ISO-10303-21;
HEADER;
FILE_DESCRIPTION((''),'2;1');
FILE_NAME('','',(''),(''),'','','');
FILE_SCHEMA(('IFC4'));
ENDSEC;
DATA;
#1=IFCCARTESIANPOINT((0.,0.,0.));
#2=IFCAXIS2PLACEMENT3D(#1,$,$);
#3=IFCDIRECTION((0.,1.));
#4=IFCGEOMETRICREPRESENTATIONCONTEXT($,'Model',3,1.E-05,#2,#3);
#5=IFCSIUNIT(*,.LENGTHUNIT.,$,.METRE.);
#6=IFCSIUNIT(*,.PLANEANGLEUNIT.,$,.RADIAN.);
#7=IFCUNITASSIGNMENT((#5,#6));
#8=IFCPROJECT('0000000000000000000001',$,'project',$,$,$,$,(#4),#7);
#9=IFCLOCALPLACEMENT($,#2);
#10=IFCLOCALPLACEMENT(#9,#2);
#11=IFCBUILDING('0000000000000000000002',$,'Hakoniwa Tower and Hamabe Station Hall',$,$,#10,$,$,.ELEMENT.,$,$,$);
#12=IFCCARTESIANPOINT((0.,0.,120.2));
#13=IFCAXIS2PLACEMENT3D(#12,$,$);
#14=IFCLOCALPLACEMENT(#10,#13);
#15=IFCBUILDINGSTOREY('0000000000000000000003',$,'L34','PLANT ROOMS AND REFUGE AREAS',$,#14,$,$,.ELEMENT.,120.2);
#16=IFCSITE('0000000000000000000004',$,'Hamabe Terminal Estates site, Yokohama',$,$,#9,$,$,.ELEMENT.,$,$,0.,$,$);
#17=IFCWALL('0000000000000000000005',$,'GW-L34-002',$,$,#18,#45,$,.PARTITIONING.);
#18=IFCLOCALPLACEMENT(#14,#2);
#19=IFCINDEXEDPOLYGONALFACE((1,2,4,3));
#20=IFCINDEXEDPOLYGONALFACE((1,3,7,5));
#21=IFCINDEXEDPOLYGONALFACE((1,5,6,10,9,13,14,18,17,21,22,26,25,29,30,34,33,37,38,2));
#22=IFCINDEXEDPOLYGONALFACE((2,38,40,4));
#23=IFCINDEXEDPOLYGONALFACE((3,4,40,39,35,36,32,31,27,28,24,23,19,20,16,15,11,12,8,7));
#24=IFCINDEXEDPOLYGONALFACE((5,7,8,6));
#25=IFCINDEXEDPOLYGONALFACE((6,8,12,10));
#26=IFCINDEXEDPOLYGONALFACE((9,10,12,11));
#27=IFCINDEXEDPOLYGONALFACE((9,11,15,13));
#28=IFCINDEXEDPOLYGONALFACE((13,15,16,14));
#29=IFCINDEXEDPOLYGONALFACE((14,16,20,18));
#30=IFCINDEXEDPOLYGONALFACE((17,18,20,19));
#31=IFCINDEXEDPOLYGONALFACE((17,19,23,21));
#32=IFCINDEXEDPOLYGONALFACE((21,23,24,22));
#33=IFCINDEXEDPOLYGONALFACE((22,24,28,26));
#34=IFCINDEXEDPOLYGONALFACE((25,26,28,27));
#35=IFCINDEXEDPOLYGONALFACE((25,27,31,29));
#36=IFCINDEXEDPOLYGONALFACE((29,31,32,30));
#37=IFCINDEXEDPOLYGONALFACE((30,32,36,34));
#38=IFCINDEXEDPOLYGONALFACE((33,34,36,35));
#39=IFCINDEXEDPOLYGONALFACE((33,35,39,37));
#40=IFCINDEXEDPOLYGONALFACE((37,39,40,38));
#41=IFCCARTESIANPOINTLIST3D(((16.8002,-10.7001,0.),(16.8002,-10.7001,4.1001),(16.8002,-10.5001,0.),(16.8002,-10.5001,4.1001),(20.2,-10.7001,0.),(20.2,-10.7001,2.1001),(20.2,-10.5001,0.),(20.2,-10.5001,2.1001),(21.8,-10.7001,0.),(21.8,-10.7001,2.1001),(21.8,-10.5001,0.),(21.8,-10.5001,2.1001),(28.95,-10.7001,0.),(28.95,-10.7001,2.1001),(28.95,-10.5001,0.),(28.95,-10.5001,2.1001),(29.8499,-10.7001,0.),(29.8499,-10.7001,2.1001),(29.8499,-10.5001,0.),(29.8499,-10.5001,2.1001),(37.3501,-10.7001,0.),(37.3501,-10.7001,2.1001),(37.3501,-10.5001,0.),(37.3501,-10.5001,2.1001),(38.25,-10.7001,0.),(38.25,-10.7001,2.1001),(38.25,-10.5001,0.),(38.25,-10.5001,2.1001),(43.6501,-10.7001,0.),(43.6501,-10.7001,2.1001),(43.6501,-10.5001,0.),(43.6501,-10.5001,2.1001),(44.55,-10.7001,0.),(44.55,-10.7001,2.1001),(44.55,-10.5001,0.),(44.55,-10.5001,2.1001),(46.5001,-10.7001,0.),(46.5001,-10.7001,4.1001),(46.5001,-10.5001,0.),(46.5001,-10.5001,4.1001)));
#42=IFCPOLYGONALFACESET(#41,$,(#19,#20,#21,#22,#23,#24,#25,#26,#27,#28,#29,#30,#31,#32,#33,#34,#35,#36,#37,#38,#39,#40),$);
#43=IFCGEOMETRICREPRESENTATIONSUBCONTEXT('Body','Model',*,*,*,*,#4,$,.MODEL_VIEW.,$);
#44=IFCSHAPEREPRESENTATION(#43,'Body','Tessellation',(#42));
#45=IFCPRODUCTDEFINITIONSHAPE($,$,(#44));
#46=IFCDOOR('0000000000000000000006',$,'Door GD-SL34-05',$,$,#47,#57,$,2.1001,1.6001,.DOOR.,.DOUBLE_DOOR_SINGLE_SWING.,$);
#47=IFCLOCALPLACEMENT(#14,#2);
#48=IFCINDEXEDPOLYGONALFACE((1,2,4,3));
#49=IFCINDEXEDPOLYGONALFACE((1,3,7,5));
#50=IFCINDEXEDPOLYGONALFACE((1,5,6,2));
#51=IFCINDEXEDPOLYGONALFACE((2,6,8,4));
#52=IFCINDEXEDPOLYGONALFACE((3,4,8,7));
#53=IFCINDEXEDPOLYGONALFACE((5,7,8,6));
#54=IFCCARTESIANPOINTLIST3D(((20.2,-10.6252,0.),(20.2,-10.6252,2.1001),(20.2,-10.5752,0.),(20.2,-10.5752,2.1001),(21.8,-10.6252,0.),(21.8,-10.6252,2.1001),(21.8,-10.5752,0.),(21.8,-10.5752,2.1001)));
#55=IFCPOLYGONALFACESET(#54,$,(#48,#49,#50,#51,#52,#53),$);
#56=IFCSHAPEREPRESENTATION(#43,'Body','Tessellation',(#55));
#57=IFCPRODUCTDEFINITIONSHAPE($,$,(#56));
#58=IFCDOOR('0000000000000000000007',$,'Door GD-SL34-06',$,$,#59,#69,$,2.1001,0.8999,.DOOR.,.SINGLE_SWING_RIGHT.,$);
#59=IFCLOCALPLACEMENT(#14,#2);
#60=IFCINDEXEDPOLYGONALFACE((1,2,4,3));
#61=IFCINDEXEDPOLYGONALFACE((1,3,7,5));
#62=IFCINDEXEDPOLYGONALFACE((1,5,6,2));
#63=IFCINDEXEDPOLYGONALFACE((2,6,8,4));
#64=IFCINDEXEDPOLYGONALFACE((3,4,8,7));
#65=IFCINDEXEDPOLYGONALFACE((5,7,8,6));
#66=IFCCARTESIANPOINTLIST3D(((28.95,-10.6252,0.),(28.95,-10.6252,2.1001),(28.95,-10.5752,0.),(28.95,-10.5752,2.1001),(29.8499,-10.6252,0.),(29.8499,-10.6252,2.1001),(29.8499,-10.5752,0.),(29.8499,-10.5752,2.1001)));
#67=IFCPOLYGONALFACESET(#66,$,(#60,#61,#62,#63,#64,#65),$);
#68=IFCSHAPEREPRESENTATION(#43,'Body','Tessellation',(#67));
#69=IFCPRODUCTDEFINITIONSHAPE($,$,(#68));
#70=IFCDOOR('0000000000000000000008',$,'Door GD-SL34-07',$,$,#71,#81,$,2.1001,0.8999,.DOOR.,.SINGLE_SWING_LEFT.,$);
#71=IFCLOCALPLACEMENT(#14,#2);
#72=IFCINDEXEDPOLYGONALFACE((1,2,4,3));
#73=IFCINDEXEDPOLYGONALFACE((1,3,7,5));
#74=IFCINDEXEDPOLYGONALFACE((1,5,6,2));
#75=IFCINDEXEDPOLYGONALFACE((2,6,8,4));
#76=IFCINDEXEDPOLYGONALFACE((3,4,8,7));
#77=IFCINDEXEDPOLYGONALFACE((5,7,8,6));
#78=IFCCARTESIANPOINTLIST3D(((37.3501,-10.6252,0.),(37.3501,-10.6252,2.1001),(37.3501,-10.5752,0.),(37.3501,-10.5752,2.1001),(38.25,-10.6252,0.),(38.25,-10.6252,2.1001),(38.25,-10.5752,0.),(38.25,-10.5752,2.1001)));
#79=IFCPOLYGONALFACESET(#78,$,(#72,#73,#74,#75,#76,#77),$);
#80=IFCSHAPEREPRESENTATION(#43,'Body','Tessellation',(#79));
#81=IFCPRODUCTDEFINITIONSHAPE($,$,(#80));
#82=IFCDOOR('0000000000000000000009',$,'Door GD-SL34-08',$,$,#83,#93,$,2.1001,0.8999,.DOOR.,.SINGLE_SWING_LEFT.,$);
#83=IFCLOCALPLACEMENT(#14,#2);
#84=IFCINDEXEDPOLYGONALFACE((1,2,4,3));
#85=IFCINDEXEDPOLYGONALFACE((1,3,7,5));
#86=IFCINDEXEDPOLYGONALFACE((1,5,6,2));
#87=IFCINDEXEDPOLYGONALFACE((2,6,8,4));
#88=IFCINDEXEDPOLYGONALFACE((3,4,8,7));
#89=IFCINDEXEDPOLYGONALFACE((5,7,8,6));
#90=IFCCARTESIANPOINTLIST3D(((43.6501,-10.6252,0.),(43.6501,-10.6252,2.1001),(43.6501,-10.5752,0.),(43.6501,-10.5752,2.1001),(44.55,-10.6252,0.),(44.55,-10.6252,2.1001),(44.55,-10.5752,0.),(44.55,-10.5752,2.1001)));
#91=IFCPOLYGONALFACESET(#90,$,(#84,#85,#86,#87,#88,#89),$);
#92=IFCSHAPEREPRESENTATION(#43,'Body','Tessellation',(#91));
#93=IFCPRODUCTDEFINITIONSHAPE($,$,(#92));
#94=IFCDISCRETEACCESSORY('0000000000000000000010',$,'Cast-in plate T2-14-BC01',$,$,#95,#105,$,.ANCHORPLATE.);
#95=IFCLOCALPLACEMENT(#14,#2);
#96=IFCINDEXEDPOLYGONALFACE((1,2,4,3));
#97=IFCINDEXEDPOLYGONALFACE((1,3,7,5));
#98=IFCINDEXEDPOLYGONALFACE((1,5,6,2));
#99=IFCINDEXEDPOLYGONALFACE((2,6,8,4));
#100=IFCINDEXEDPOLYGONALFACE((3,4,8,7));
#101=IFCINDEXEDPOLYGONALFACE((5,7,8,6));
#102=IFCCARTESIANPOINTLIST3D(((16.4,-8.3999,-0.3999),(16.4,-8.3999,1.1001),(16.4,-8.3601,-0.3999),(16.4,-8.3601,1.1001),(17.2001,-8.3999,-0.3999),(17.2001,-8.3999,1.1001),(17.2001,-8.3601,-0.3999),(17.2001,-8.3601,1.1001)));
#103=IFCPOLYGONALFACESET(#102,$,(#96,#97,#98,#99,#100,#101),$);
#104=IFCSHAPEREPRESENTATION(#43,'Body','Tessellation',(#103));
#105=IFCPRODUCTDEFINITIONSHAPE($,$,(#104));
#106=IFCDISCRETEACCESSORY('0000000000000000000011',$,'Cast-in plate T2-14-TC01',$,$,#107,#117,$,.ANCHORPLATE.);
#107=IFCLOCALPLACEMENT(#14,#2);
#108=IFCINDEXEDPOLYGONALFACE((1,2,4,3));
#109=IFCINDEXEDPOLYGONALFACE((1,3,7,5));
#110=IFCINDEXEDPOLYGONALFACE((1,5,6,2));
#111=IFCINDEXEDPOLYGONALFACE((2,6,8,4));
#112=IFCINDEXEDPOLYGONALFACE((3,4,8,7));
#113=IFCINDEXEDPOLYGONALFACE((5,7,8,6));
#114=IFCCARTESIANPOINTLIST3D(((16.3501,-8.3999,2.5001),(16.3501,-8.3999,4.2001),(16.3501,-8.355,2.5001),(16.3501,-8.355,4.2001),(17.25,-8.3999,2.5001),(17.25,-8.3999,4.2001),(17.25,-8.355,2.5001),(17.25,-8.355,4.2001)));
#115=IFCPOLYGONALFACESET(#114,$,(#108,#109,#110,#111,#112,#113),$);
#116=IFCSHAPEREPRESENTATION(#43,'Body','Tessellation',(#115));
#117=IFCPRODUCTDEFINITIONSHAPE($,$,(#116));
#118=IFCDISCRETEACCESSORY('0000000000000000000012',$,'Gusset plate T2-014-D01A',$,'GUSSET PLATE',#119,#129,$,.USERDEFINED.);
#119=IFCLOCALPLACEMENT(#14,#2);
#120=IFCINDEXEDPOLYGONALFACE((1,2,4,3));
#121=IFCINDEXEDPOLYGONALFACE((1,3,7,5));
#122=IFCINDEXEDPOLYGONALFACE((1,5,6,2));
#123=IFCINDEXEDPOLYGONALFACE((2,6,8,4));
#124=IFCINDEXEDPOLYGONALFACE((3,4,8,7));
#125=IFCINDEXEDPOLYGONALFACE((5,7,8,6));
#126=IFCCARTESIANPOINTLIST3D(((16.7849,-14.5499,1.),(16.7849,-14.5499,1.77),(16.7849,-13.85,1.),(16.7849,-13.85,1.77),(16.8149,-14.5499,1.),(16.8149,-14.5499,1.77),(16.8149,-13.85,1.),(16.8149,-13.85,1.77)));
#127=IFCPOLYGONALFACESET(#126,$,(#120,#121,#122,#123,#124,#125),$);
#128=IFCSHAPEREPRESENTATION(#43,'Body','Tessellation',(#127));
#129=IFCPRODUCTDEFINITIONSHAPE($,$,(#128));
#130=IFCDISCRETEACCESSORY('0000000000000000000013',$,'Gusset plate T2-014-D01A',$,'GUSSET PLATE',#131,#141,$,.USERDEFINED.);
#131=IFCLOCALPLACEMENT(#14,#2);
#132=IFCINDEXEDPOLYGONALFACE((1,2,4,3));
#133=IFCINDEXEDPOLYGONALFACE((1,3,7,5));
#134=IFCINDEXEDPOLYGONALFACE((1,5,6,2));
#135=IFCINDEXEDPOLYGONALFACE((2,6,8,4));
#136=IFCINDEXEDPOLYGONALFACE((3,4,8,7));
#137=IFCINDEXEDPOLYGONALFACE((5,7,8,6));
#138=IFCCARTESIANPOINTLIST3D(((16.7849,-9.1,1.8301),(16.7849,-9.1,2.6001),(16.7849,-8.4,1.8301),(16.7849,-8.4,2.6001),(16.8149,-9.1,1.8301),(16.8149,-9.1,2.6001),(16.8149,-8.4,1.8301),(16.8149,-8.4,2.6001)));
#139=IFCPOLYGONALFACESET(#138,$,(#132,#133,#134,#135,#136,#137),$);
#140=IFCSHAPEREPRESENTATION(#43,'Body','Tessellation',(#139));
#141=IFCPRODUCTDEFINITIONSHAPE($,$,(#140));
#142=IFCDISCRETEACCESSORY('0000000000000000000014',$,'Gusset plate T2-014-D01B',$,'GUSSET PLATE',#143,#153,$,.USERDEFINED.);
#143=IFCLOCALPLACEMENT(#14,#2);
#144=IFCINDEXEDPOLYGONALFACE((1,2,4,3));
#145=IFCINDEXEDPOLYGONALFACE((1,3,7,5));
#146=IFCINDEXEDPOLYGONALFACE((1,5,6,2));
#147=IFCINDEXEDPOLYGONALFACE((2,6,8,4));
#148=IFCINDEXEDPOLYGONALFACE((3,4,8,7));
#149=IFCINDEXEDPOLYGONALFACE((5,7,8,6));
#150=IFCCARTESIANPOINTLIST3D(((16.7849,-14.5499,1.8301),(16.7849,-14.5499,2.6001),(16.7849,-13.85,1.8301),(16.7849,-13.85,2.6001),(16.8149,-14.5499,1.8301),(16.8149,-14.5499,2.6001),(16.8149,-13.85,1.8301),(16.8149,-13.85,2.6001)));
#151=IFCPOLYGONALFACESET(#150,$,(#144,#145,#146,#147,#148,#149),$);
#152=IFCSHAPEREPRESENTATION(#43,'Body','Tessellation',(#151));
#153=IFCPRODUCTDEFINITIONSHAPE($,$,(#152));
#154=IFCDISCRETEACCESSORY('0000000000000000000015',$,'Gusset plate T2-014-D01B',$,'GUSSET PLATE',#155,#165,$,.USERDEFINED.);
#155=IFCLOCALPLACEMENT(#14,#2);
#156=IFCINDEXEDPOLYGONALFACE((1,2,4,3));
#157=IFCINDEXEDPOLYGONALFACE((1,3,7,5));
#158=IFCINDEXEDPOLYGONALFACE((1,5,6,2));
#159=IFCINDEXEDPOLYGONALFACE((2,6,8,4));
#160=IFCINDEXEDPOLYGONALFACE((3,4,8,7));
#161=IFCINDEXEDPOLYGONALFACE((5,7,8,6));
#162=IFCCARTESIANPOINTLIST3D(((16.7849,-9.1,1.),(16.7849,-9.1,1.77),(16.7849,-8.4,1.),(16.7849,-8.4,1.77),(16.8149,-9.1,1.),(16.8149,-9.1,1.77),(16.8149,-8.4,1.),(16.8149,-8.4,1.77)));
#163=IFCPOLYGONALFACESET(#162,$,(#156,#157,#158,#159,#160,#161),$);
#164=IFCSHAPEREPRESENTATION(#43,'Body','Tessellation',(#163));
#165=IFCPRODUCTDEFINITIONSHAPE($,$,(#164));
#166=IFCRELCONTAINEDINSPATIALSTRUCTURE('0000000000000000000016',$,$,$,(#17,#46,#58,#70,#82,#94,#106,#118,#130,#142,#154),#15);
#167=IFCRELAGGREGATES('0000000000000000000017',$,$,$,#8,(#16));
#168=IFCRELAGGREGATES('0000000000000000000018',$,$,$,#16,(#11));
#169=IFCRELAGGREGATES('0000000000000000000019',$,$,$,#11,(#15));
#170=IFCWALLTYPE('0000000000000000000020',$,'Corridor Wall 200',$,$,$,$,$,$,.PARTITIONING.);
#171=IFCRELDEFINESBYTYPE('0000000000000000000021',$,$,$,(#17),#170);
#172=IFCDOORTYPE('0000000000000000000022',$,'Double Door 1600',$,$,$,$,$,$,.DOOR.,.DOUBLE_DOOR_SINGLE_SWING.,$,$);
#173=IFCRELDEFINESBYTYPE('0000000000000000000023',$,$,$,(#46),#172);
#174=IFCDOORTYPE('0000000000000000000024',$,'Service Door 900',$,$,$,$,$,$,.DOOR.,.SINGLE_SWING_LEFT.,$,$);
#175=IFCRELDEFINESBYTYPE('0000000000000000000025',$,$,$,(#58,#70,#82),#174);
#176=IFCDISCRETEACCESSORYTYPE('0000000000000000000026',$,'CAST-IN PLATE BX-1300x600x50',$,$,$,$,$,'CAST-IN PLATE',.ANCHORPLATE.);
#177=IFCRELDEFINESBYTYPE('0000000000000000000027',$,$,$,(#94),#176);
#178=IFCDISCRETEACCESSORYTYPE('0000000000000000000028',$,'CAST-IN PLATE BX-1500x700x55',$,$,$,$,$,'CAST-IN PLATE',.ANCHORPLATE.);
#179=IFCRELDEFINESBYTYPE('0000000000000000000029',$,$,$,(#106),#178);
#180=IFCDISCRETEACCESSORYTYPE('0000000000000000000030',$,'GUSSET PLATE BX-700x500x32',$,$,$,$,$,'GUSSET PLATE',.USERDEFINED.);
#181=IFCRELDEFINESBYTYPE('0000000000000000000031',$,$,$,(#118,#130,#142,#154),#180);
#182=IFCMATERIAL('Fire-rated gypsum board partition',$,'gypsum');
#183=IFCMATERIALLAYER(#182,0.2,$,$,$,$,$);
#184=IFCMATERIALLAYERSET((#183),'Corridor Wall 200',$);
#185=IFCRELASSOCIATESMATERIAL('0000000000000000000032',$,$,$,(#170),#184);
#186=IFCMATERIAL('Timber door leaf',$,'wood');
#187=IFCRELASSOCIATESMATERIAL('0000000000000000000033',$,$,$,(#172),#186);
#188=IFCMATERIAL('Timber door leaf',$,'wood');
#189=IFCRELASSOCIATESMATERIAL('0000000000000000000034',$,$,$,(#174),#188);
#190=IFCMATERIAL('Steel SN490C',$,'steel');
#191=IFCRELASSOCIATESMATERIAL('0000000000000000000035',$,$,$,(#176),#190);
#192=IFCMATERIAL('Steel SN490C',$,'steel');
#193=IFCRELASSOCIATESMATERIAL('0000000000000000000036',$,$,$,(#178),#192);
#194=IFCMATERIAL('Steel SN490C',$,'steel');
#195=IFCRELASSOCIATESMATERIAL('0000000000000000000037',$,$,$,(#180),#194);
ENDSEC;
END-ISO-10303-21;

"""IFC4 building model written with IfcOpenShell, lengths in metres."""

from ifc_helpers import new_model, si_unit, direction, frame, frame_2d, origin, origin_2d, place, context, subcontext, project, spatial, rectangle, extrude, material, layer, layer_set, material_profile, profile_set, type_object, element, fill, save


model = new_model("IFC4")

# Units and contexts
model_context = context("Model", 3, precision=1e-05, world=origin(), true_north=direction((0.0, 1.0)))
body_context = subcontext(model_context, "Body", "Model", "MODEL_VIEW")
ifc_project = project(units=[si_unit("LENGTHUNIT", "METRE"), si_unit("PLANEANGLEUNIT", "RADIAN")], contexts=[model_context])

# Site, building, storey
site_placement = place(None, origin())
site = spatial("IfcSite", under=ifc_project, at=site_placement, Name="Hamabe Terminal Estates site, Yokohama", CompositionType="ELEMENT", RefElevation=0.0)
building_placement = place(site_placement, origin())
building = spatial("IfcBuilding", under=site, at=building_placement, Name="Hakoniwa Tower and Hamabe Station Hall", CompositionType="ELEMENT")
storey_placement = place(building_placement, frame((0.0, 0.0, 120.2)))
storey = spatial("IfcBuildingStorey", under=building, at=storey_placement, Name="L34", Description="PLANT ROOMS AND REFUGE AREAS", CompositionType="ELEMENT", Elevation=120.2)

# Wall, openings, doors
ifc_material_1 = material(Name="Fire-rated gypsum board partition", Category="gypsum")
ifc_layer_1 = layer(ifc_material_1, 0.2)
ifc_layer_set_1 = layer_set([ifc_layer_1], Name="Corridor Wall 200")
wall_type_1 = type_object("IfcWallType", Name="Corridor Wall 200", PredefinedType="PARTITIONING", material=ifc_layer_set_1)
wall_1_placement = place(storey_placement, frame((16.8, -10.6001, 0.0), z_axis=(0.0, 0.0, 1.0), x_axis=(1.0, 0.0, 0.0)))
wall_1 = element("IfcWall", 1, at=wall_1_placement, inside=storey, type_object=wall_type_1, Name="GW-L34-002", PredefinedType="PARTITIONING", context=body_context, shape_type="SweptSolid", body=[
    extrude(rectangle(XDim=29.7, YDim=0.2, at=frame_2d((14.8501, 0.0))), origin(), (0.0, 0.0, 1.0), 4.1001),
])
opening_1_placement = place(wall_1_placement, frame((3.3999, 0.0, 0.0)))
opening_1 = element("IfcOpeningElement", 2, at=opening_1_placement, cuts=wall_1, PredefinedType="OPENING", context=body_context, shape_type="SweptSolid", body=[
    extrude(rectangle(XDim=1.6001, YDim=2.1001, at=frame_2d((0.8, 1.05))), frame((0.0, 0.1099, 0.0), z_axis=(0.0, -1.0, 0.0), x_axis=(1.0, 0.0, 0.0)), (0.0, 0.0, 1.0), 0.22),
])
opening_2_placement = place(wall_1_placement, frame((12.1499, 0.0, 0.0)))
opening_2 = element("IfcOpeningElement", 3, at=opening_2_placement, cuts=wall_1, PredefinedType="OPENING", context=body_context, shape_type="SweptSolid", body=[
    extrude(rectangle(XDim=0.8999, YDim=2.1001, at=frame_2d((0.45, 1.05))), frame((0.0, 0.1099, 0.0), z_axis=(0.0, -1.0, 0.0), x_axis=(1.0, 0.0, 0.0)), (0.0, 0.0, 1.0), 0.22),
])
opening_3_placement = place(wall_1_placement, frame((20.55, 0.0, 0.0)))
opening_3 = element("IfcOpeningElement", 4, at=opening_3_placement, cuts=wall_1, PredefinedType="OPENING", context=body_context, shape_type="SweptSolid", body=[
    extrude(rectangle(XDim=0.8999, YDim=2.1001, at=frame_2d((0.45, 1.05))), frame((0.0, 0.1099, 0.0), z_axis=(0.0, -1.0, 0.0), x_axis=(1.0, 0.0, 0.0)), (0.0, 0.0, 1.0), 0.22),
])
opening_4_placement = place(wall_1_placement, frame((26.8501, 0.0, 0.0)))
opening_4 = element("IfcOpeningElement", 5, at=opening_4_placement, cuts=wall_1, PredefinedType="OPENING", context=body_context, shape_type="SweptSolid", body=[
    extrude(rectangle(XDim=0.8999, YDim=2.1001, at=frame_2d((0.45, 1.05))), frame((0.0, 0.1099, 0.0), z_axis=(0.0, -1.0, 0.0), x_axis=(1.0, 0.0, 0.0)), (0.0, 0.0, 1.0), 0.22),
])
ifc_material_2 = material(Name="Timber door leaf", Category="wood")
door_type_1 = type_object("IfcDoorType", Name="Double Door 1600", OperationType="DOUBLE_DOOR_SINGLE_SWING", PredefinedType="DOOR", material=ifc_material_2)
door_1_placement = place(opening_1_placement, origin())
door_1 = element("IfcDoor", 6, at=door_1_placement, inside=storey, type_object=door_type_1, Name="Door GD-SL34-05", OperationType="DOUBLE_DOOR_SINGLE_SWING", OverallHeight=2.1001, OverallWidth=1.6001, PredefinedType="DOOR", context=body_context, shape_type="SweptSolid", body=[
    extrude(rectangle(XDim=1.6001, YDim=2.1001, at=frame_2d((0.8, 1.05))), frame((0.0, 0.0249, 0.0), z_axis=(0.0, -1.0, 0.0), x_axis=(1.0, 0.0, 0.0)), (0.0, 0.0, 1.0), 0.05),
])
fill(opening_1, door_1)
ifc_material_3 = material(Name="Timber door leaf", Category="wood")
door_type_2 = type_object("IfcDoorType", Name="Service Door 900", OperationType="SINGLE_SWING_LEFT", PredefinedType="DOOR", material=ifc_material_3)
door_2_placement = place(opening_2_placement, origin())
door_2 = element("IfcDoor", 7, at=door_2_placement, inside=storey, type_object=door_type_2, Name="Door GD-SL34-06", OperationType="SINGLE_SWING_RIGHT", OverallHeight=2.1001, OverallWidth=0.8999, PredefinedType="DOOR", context=body_context, shape_type="SweptSolid", body=[
    extrude(rectangle(XDim=0.8999, YDim=2.1001, at=frame_2d((0.45, 1.05))), frame((0.0, 0.0249, 0.0), z_axis=(0.0, -1.0, 0.0), x_axis=(1.0, 0.0, 0.0)), (0.0, 0.0, 1.0), 0.05),
])
fill(opening_2, door_2)
door_3_placement = place(opening_3_placement, origin())
door_3 = element("IfcDoor", 8, at=door_3_placement, inside=storey, type_object=door_type_2, Name="Door GD-SL34-07", OperationType="SINGLE_SWING_LEFT", OverallHeight=2.1001, OverallWidth=0.8999, PredefinedType="DOOR", context=body_context, shape_type="SweptSolid", body=[
    extrude(rectangle(XDim=0.8999, YDim=2.1001, at=frame_2d((0.45, 1.05))), frame((0.0, 0.0249, 0.0), z_axis=(0.0, -1.0, 0.0), x_axis=(1.0, 0.0, 0.0)), (0.0, 0.0, 1.0), 0.05),
])
fill(opening_3, door_3)
door_4_placement = place(opening_4_placement, origin())
door_4 = element("IfcDoor", 9, at=door_4_placement, inside=storey, type_object=door_type_2, Name="Door GD-SL34-08", OperationType="SINGLE_SWING_LEFT", OverallHeight=2.1001, OverallWidth=0.8999, PredefinedType="DOOR", context=body_context, shape_type="SweptSolid", body=[
    extrude(rectangle(XDim=0.8999, YDim=2.1001, at=frame_2d((0.45, 1.05))), frame((0.0, 0.0249, 0.0), z_axis=(0.0, -1.0, 0.0), x_axis=(1.0, 0.0, 0.0)), (0.0, 0.0, 1.0), 0.05),
])
fill(opening_4, door_4)

# Discrete accessories
ifc_material_4 = material(Name="Steel SN490C", Category="steel")
ifc_material_profile_1 = material_profile(ifc_material_4, rectangle(XDim=0.8, YDim=1.5, at=origin_2d()), Name="CAST-IN PLATE BX-1300x600x50")
ifc_profile_set_1 = profile_set([ifc_material_profile_1], Name="Steel SN490C")
discrete_accessory_type_1 = type_object("IfcDiscreteAccessoryType", Name="CAST-IN PLATE BX-1300x600x50", ElementType="CAST-IN PLATE", PredefinedType="ANCHORPLATE", material=ifc_profile_set_1)
discrete_accessory_1_placement = place(storey_placement, frame((16.8, -8.3601, 0.3501), z_axis=(0.0, -1.0, 0.0), x_axis=(1.0, 0.0, 0.0)))
element("IfcDiscreteAccessory", 10, at=discrete_accessory_1_placement, inside=storey, type_object=discrete_accessory_type_1, Name="Cast-in plate T2-14-BC01", PredefinedType="ANCHORPLATE", context=body_context, shape_type="SweptSolid", body=[
    extrude(rectangle(XDim=0.8, YDim=1.5, at=origin_2d()), origin(), (0.0, 0.0, 1.0), 0.0398),
])
ifc_material_5 = material(Name="Steel SN490C", Category="steel")
ifc_material_profile_2 = material_profile(ifc_material_5, rectangle(XDim=0.8999, YDim=1.7, at=origin_2d()), Name="CAST-IN PLATE BX-1500x700x55")
ifc_profile_set_2 = profile_set([ifc_material_profile_2], Name="Steel SN490C")
discrete_accessory_type_2 = type_object("IfcDiscreteAccessoryType", Name="CAST-IN PLATE BX-1500x700x55", ElementType="CAST-IN PLATE", PredefinedType="ANCHORPLATE", material=ifc_profile_set_2)
discrete_accessory_2_placement = place(storey_placement, frame((16.8, -8.355, 3.3501), z_axis=(0.0, -1.0, 0.0), x_axis=(1.0, 0.0, 0.0)))
element("IfcDiscreteAccessory", 11, at=discrete_accessory_2_placement, inside=storey, type_object=discrete_accessory_type_2, Name="Cast-in plate T2-14-TC01", PredefinedType="ANCHORPLATE", context=body_context, shape_type="SweptSolid", body=[
    extrude(rectangle(XDim=0.8999, YDim=1.7, at=origin_2d()), origin(), (0.0, 0.0, 1.0), 0.0449),
])
ifc_material_6 = material(Name="Steel SN490C", Category="steel")
ifc_material_profile_3 = material_profile(ifc_material_6, rectangle(XDim=0.7, YDim=0.77, at=origin_2d()), Name="GUSSET PLATE BX-700x500x32")
ifc_profile_set_3 = profile_set([ifc_material_profile_3], Name="Steel SN490C")
discrete_accessory_type_3 = type_object("IfcDiscreteAccessoryType", Name="GUSSET PLATE BX-700x500x32", ElementType="GUSSET PLATE", PredefinedType="USERDEFINED", material=ifc_profile_set_3)
for number, where, z_axis, x_axis, name in (
    (12, (16.8149, -14.2, 1.385), (-1.0, 0.0, 0.0), (0.0, -1.0, 0.0), "Gusset plate T2-014-D01A"),
    (13, (16.8149, -8.75, 2.2151), (-1.0, 0.0, 0.0), (0.0, -1.0, 0.0), "Gusset plate T2-014-D01A"),
    (14, (16.8149, -14.2, 2.2151), (-1.0, 0.0, 0.0), (0.0, -1.0, 0.0), "Gusset plate T2-014-D01B"),
    (15, (16.8149, -8.75, 1.385), (-1.0, 0.0, 0.0), (0.0, -1.0, 0.0), "Gusset plate T2-014-D01B"),
):
    element("IfcDiscreteAccessory", number, at=place(storey_placement, frame(where, z_axis=z_axis, x_axis=x_axis)), inside=storey, type_object=discrete_accessory_type_3, Name=name, ObjectType="GUSSET PLATE", PredefinedType="USERDEFINED", context=body_context, shape_type="SweptSolid", body=[
        extrude(rectangle(XDim=0.7, YDim=0.77, at=origin_2d()), origin(), (0.0, 0.0, 1.0), 0.03),
    ])

save(model, "model.ifc")
